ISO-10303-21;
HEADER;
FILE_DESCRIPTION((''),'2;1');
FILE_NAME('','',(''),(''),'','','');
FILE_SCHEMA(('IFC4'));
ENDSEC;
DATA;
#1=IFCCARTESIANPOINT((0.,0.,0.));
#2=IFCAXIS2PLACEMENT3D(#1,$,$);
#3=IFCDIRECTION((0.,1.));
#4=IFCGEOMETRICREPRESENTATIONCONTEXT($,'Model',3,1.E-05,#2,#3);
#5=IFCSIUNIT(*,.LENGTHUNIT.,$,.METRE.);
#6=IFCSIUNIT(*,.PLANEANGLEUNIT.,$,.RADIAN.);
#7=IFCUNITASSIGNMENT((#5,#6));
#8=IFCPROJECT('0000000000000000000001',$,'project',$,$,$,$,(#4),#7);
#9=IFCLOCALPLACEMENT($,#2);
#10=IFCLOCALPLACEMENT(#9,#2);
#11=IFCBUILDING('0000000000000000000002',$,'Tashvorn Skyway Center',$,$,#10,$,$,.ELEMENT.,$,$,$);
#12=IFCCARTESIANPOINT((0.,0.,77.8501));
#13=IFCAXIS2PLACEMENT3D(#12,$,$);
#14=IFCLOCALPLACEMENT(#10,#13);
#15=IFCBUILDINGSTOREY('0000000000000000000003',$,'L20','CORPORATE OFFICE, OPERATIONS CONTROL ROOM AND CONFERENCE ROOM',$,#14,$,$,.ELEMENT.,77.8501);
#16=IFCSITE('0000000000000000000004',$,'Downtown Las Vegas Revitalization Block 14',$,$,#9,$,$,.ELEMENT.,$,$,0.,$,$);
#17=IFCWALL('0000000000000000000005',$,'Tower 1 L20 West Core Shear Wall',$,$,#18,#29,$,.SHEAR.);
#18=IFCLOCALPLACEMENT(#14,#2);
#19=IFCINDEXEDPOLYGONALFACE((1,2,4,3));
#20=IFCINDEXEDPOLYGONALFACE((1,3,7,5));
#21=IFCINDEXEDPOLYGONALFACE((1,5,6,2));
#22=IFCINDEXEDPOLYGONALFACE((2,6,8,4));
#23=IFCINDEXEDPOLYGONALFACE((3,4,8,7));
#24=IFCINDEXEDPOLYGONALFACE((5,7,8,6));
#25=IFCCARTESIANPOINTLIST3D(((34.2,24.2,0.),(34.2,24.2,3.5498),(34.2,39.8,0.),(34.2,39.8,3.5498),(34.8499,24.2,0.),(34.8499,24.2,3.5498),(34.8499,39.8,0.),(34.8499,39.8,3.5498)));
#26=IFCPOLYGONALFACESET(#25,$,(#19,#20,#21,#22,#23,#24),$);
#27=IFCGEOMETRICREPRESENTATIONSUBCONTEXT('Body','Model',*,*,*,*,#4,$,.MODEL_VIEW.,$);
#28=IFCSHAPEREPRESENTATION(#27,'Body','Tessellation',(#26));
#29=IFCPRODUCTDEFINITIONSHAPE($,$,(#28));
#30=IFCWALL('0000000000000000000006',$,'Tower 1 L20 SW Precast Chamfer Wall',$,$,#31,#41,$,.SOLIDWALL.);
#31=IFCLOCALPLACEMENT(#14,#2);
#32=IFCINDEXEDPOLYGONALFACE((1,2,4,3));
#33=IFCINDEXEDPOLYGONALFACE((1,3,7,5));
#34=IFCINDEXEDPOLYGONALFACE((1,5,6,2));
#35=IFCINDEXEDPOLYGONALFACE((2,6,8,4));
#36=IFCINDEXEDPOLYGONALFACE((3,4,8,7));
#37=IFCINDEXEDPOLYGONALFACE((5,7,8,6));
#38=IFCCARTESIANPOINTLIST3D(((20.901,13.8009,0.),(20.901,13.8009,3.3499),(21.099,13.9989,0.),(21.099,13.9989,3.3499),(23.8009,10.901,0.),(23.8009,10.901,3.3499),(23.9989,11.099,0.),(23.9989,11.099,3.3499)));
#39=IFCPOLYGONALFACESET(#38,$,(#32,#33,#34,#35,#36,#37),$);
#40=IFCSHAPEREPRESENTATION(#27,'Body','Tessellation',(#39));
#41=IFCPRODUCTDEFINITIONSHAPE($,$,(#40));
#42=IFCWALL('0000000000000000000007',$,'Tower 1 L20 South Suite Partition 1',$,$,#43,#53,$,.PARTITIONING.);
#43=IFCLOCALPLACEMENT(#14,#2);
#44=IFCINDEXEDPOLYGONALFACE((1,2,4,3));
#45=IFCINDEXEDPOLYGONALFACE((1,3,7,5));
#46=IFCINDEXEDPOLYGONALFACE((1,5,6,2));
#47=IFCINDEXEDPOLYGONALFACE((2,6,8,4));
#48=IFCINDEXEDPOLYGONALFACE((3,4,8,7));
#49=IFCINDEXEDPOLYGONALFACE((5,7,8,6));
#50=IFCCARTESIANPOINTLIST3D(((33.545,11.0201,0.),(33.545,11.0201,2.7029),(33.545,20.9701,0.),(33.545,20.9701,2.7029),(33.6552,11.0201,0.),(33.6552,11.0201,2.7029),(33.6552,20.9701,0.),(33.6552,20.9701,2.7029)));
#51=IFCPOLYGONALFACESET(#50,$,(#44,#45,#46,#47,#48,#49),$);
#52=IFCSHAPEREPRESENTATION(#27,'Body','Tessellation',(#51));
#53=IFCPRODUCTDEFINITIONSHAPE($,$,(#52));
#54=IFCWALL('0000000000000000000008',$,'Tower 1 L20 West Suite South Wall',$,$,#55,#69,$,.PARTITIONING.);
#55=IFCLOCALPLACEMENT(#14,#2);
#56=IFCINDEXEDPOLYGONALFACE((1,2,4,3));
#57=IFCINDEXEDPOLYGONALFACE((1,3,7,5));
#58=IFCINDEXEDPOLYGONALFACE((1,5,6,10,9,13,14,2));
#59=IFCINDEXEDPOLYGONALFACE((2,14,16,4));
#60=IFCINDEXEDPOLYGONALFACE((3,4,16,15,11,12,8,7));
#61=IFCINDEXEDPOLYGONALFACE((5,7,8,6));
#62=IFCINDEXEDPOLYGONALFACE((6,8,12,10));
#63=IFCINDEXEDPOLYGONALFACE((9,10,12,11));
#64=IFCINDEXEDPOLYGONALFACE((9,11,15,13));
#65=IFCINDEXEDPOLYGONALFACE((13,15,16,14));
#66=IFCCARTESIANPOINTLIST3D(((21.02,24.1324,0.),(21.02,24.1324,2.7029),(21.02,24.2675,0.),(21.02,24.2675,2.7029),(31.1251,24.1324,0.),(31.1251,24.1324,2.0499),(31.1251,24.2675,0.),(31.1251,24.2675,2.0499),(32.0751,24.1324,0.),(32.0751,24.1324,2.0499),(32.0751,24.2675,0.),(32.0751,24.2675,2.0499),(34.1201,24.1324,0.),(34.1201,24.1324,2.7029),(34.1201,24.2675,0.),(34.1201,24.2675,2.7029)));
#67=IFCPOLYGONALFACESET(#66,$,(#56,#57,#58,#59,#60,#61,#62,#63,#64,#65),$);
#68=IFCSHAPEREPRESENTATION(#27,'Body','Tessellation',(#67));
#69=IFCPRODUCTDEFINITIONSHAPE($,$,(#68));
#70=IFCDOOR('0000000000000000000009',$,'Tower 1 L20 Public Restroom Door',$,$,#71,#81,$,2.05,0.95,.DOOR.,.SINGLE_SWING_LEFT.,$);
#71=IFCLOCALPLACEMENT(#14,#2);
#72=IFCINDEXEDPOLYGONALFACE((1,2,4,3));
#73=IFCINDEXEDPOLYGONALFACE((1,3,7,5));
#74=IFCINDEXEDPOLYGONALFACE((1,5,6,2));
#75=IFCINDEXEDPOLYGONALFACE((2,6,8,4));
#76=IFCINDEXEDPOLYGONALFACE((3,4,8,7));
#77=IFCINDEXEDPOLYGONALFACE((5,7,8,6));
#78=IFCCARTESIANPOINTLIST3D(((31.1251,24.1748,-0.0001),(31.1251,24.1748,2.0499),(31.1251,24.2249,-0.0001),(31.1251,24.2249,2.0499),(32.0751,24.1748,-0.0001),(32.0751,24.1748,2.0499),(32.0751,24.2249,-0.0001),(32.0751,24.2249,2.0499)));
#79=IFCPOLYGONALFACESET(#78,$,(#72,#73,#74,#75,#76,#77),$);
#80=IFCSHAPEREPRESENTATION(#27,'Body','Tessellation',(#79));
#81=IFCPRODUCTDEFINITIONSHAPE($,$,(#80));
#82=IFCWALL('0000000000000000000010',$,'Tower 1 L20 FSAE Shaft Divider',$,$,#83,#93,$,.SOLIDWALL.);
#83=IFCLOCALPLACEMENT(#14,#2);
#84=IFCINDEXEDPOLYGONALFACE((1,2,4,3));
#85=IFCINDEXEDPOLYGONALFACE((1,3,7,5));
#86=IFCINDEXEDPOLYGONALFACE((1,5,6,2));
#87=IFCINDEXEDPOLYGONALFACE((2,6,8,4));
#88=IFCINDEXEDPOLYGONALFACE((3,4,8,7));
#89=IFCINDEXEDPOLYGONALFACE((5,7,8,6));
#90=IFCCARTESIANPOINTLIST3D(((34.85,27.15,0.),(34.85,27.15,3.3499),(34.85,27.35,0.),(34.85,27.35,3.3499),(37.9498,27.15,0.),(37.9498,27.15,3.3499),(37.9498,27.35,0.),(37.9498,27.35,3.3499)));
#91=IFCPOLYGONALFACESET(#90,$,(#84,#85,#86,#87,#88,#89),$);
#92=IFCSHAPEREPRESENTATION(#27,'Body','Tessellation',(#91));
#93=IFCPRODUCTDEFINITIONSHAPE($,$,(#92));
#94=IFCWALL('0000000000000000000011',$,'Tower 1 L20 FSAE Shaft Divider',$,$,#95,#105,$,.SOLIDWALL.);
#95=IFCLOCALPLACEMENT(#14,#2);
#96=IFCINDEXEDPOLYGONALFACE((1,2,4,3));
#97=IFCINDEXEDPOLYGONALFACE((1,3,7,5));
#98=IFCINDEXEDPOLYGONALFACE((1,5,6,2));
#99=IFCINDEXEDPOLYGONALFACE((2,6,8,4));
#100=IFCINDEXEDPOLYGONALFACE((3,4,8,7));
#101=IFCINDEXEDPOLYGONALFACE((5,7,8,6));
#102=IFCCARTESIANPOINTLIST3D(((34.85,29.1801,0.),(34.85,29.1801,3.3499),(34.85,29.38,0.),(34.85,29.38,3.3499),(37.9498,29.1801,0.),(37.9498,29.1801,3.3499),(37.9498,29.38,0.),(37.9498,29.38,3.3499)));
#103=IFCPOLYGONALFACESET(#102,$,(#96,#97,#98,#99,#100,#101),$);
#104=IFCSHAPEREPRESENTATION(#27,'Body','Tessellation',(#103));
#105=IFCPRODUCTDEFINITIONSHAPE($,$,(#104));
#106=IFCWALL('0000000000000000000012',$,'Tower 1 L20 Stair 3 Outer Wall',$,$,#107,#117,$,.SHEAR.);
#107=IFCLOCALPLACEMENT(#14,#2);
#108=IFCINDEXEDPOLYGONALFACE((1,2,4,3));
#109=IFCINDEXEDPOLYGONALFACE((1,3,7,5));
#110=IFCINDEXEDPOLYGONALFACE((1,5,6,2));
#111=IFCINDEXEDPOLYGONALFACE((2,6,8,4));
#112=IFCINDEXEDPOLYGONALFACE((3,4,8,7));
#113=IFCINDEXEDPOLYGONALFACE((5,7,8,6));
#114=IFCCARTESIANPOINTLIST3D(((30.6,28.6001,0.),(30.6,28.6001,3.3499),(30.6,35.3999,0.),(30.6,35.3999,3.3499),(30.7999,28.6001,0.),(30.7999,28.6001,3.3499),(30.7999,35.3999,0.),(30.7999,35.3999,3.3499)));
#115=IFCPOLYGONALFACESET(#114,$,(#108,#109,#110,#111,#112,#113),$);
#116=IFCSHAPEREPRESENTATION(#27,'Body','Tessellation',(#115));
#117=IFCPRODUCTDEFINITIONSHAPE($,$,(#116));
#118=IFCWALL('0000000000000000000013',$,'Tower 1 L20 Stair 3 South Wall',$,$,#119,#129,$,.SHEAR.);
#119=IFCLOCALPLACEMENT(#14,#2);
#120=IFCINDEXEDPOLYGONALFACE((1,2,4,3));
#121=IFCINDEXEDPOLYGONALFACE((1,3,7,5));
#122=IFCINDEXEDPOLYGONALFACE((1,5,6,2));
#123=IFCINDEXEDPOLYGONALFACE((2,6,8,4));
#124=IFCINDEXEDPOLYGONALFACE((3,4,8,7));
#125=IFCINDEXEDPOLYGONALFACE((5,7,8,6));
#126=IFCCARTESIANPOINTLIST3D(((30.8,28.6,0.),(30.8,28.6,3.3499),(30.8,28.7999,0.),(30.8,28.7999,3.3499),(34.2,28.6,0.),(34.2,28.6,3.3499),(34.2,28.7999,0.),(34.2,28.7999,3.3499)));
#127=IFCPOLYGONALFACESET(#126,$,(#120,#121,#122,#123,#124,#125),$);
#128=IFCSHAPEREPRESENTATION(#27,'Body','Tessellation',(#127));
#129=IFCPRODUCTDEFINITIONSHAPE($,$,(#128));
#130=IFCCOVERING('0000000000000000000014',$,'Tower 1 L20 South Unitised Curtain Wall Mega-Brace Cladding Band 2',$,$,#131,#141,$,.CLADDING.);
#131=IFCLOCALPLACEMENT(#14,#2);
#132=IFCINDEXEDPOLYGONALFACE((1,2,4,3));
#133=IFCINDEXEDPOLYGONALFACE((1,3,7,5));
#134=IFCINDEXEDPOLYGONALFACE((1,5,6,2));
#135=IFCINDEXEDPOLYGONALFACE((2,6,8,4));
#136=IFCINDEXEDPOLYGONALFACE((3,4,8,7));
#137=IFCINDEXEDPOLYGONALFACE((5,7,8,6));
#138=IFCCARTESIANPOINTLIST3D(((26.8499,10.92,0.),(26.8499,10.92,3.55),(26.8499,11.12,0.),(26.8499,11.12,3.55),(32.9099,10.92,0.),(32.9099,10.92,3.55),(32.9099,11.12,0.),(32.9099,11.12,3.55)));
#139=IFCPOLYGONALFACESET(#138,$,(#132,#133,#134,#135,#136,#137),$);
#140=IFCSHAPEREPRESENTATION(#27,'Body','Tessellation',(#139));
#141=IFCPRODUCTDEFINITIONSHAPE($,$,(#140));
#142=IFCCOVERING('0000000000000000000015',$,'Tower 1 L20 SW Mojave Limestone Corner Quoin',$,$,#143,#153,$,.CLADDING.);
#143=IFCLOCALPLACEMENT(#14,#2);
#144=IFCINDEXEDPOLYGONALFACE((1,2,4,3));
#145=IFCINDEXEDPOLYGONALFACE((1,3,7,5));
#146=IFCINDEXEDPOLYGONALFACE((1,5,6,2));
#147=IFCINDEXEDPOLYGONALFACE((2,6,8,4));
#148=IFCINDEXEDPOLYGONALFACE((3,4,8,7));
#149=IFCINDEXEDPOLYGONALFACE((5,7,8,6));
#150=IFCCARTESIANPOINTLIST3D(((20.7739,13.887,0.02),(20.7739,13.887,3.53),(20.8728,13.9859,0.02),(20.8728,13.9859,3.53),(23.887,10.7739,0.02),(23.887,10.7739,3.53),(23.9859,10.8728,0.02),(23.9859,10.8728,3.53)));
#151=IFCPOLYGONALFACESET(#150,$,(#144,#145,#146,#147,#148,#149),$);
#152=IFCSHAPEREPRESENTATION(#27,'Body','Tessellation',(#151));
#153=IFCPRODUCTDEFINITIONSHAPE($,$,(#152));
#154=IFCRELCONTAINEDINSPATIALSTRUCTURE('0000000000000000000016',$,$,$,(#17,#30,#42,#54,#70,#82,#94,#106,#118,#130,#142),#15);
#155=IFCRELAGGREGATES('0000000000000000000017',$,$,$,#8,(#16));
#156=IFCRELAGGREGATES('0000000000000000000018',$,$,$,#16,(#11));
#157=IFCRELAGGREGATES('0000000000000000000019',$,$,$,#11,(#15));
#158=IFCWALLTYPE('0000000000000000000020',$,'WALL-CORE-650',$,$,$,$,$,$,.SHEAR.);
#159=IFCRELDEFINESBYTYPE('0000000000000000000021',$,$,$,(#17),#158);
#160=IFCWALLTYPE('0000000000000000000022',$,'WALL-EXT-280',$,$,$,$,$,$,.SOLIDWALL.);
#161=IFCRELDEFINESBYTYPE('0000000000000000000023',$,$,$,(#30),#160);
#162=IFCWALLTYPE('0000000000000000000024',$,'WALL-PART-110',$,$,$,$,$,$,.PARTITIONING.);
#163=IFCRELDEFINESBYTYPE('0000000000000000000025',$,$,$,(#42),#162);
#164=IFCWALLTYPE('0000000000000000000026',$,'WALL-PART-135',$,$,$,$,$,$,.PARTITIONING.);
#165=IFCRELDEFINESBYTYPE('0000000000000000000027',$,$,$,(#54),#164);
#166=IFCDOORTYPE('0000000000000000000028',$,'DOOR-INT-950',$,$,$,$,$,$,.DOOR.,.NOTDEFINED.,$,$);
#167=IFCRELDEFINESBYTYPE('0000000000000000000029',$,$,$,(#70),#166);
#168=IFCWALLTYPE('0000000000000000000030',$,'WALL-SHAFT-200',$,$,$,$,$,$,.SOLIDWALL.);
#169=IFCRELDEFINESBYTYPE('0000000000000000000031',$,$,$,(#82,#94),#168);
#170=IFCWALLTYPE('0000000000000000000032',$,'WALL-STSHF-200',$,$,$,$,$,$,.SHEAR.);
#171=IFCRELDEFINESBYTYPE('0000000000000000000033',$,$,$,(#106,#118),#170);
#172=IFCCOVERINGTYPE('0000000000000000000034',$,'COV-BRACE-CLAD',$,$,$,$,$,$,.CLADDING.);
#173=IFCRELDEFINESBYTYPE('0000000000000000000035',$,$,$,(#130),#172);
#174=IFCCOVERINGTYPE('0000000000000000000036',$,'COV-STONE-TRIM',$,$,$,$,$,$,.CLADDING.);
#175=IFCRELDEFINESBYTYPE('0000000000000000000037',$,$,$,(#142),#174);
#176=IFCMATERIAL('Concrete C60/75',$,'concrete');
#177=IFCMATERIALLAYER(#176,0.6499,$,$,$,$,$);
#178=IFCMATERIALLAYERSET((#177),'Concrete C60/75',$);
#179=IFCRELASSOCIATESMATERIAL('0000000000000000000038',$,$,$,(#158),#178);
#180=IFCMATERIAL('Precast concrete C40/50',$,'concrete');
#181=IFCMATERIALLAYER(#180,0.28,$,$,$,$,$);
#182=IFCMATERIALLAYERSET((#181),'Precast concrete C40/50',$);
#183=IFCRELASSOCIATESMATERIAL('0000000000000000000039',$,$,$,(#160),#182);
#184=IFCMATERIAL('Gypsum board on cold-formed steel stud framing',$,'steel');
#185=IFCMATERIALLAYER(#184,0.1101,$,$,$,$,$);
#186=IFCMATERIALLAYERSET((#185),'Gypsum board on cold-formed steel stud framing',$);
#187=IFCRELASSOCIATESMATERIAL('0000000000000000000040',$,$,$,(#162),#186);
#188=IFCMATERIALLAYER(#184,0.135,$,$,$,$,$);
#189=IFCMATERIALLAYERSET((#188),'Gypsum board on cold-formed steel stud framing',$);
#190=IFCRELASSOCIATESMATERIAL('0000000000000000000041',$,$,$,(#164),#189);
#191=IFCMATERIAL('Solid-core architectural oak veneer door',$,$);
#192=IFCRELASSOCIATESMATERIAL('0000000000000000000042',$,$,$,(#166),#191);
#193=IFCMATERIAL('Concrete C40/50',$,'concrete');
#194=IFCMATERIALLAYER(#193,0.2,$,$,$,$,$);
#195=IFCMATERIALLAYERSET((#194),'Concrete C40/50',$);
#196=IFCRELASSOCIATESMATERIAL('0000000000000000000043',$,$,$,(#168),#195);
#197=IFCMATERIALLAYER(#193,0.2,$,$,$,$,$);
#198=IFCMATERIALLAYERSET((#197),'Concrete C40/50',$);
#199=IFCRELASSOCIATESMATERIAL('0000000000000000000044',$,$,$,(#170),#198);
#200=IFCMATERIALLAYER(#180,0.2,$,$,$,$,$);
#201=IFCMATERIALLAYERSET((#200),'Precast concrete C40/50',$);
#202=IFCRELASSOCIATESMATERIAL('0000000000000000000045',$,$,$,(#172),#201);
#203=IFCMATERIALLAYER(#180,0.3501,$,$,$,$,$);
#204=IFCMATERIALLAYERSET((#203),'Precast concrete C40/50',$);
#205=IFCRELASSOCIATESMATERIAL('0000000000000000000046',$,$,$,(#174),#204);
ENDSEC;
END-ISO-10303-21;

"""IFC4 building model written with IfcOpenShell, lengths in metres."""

from ifc_helpers import new_model, si_unit, direction, frame, frame_2d, origin, origin_2d, place, context, subcontext, project, spatial, rectangle, extrude, material, layer, layer_set, type_object, element, fill, save


model = new_model("IFC4")

# Units and contexts
model_context = context("Model", 3, precision=1e-05, world=origin(), true_north=direction((0.0, 1.0)))
body_context = subcontext(model_context, "Body", "Model", "MODEL_VIEW")
ifc_project = project(units=[si_unit("LENGTHUNIT", "METRE"), si_unit("PLANEANGLEUNIT", "RADIAN")], contexts=[model_context])

# Site, building, storey
site_placement = place(None, origin())
site = spatial("IfcSite", under=ifc_project, at=site_placement, Name="Downtown Las Vegas Revitalization Block 14", CompositionType="ELEMENT", RefElevation=0.0)
building_placement = place(site_placement, origin())
building = spatial("IfcBuilding", under=site, at=building_placement, Name="Tashvorn Skyway Center", CompositionType="ELEMENT")
storey_placement = place(building_placement, frame((0.0, 0.0, 77.8501)))
storey = spatial("IfcBuildingStorey", under=building, at=storey_placement, Name="L20", Description="CORPORATE OFFICE, OPERATIONS CONTROL ROOM AND CONFERENCE ROOM", CompositionType="ELEMENT", Elevation=77.8501)

# Walls
ifc_material_1 = material(Name="Concrete C60/75", Category="concrete")
ifc_layer_1 = layer(ifc_material_1, 0.6499)
ifc_layer_set_1 = layer_set([ifc_layer_1], Name="Concrete C60/75")
wall_type_1 = type_object("IfcWallType", Name="WALL-CORE-650", PredefinedType="SHEAR", material=ifc_layer_set_1)
wall_1_placement = place(storey_placement, frame((34.5249, 24.2, 0.0), z_axis=(0.0, 0.0, 1.0), x_axis=(0.0, 1.0, 0.0)))
element("IfcWall", 1, at=wall_1_placement, inside=storey, type_object=wall_type_1, Name="Tower 1 L20 West Core Shear Wall", PredefinedType="SHEAR", context=body_context, shape_type="SweptSolid", body=[
    extrude(rectangle(XDim=15.6001, YDim=0.6499, at=frame_2d((7.8, 0.0))), origin(), (0.0, 0.0, 1.0), 3.5498),
])
ifc_material_2 = material(Name="Precast concrete C40/50", Category="concrete")
ifc_layer_2 = layer(ifc_material_2, 0.28)
ifc_layer_set_2 = layer_set([ifc_layer_2], Name="Precast concrete C40/50")
wall_type_2 = type_object("IfcWallType", Name="WALL-EXT-280", PredefinedType="SOLIDWALL", material=ifc_layer_set_2)
wall_2_placement = place(storey_placement, frame((23.8999, 11.0, 0.0), z_axis=(0.0, 0.0, 1.0), x_axis=(-0.707107, 0.707107, 0.0)))
element("IfcWall", 2, at=wall_2_placement, inside=storey, type_object=wall_type_2, Name="Tower 1 L20 SW Precast Chamfer Wall", PredefinedType="SOLIDWALL", context=body_context, shape_type="SweptSolid", body=[
    extrude(rectangle(XDim=4.1011, YDim=0.28, at=frame_2d((2.0505, 0.0))), origin(), (0.0, 0.0, 1.0), 3.3499),
])
ifc_material_3 = material(Name="Gypsum board on cold-formed steel stud framing", Category="steel")
ifc_layer_3 = layer(ifc_material_3, 0.1101)
ifc_layer_set_3 = layer_set([ifc_layer_3], Name="Gypsum board on cold-formed steel stud framing")
wall_type_3 = type_object("IfcWallType", Name="WALL-PART-110", PredefinedType="PARTITIONING", material=ifc_layer_set_3)
wall_3_placement = place(storey_placement, frame((33.6001, 11.02, 0.0), z_axis=(0.0, 0.0, 1.0), x_axis=(0.0, 1.0, 0.0)))
element("IfcWall", 3, at=wall_3_placement, inside=storey, type_object=wall_type_3, Name="Tower 1 L20 South Suite Partition 1", PredefinedType="PARTITIONING", context=body_context, shape_type="SweptSolid", body=[
    extrude(rectangle(XDim=9.95, YDim=0.1101, at=frame_2d((4.9751, 0.0))), origin(), (0.0, 0.0, 1.0), 2.7029),
])

# Wall, opening, door
ifc_layer_4 = layer(ifc_material_3, 0.135)
ifc_layer_set_4 = layer_set([ifc_layer_4], Name="Gypsum board on cold-formed steel stud framing")
wall_type_4 = type_object("IfcWallType", Name="WALL-PART-135", PredefinedType="PARTITIONING", material=ifc_layer_set_4)
wall_4_placement = place(storey_placement, frame((21.02, 24.2, 0.0), z_axis=(0.0, 0.0, 1.0), x_axis=(1.0, 0.0, 0.0)))
wall_4 = element("IfcWall", 4, at=wall_4_placement, inside=storey, type_object=wall_type_4, Name="Tower 1 L20 West Suite South Wall", PredefinedType="PARTITIONING", context=body_context, shape_type="SweptSolid", body=[
    extrude(rectangle(XDim=13.1001, YDim=0.135, at=frame_2d((6.55, 0.0))), origin(), (0.0, 0.0, 1.0), 2.7029),
])
opening_placement = place(wall_4_placement, frame((10.105, 0.0, 0.0)))
opening = element("IfcOpeningElement", 5, at=opening_placement, cuts=wall_4, PredefinedType="OPENING", context=body_context, shape_type="SweptSolid", body=[
    extrude(rectangle(XDim=0.95, YDim=2.05, at=frame_2d((0.4751, 1.0249))), frame((0.0, 0.0774, 0.0), z_axis=(0.0, -1.0, 0.0), x_axis=(1.0, 0.0, 0.0)), (0.0, 0.0, 1.0), 0.155),
])
ifc_material_4 = material(Name="Solid-core architectural oak veneer door")
door_type = type_object("IfcDoorType", Name="DOOR-INT-950", OperationType="NOTDEFINED", PredefinedType="DOOR", material=ifc_material_4)
door_placement = place(opening_placement, origin())
door = element("IfcDoor", 6, at=door_placement, inside=storey, type_object=door_type, Name="Tower 1 L20 Public Restroom Door", OperationType="SINGLE_SWING_LEFT", OverallHeight=2.05, OverallWidth=0.95, PredefinedType="DOOR", context=body_context, shape_type="SweptSolid", body=[
    extrude(rectangle(XDim=0.95, YDim=2.05, at=frame_2d((0.4751, 1.0249))), frame((0.0, 0.0249, 0.0), z_axis=(0.0, -1.0, 0.0), x_axis=(1.0, 0.0, 0.0)), (0.0, 0.0, 1.0), 0.05),
])
fill(opening, door)

# Walls
ifc_material_5 = material(Name="Concrete C40/50", Category="concrete")
ifc_layer_5 = layer(ifc_material_5, 0.2)
ifc_layer_set_5 = layer_set([ifc_layer_5], Name="Concrete C40/50")
wall_type_5 = type_object("IfcWallType", Name="WALL-SHAFT-200", PredefinedType="SOLIDWALL", material=ifc_layer_set_5)
for number, where, z_axis, x_axis, name in (
    (7, (34.8501, 27.25, 0.0), (0.0, 0.0, 1.0), (1.0, 0.0, 0.0), "Tower 1 L20 FSAE Shaft Divider"),
    (8, (34.8501, 29.28, 0.0), (0.0, 0.0, 1.0), (1.0, 0.0, 0.0), "Tower 1 L20 FSAE Shaft Divider"),
):
    element("IfcWall", number, at=place(storey_placement, frame(where, z_axis=z_axis, x_axis=x_axis)), inside=storey, type_object=wall_type_5, Name=name, PredefinedType="SOLIDWALL", context=body_context, shape_type="SweptSolid", body=[
        extrude(rectangle(XDim=3.0999, YDim=0.2, at=frame_2d((1.5498, 0.0))), origin(), (0.0, 0.0, 1.0), 3.3499),
    ])
ifc_layer_6 = layer(ifc_material_5, 0.2)
ifc_layer_set_6 = layer_set([ifc_layer_6], Name="Concrete C40/50")
wall_type_6 = type_object("IfcWallType", Name="WALL-STSHF-200", PredefinedType="SHEAR", material=ifc_layer_set_6)
wall_5_placement = place(storey_placement, frame((30.7, 28.6001, 0.0), z_axis=(0.0, 0.0, 1.0), x_axis=(0.0, 1.0, 0.0)))
element("IfcWall", 9, at=wall_5_placement, inside=storey, type_object=wall_type_6, Name="Tower 1 L20 Stair 3 Outer Wall", PredefinedType="SHEAR", context=body_context, shape_type="SweptSolid", body=[
    extrude(rectangle(XDim=6.7998, YDim=0.2, at=frame_2d((3.3999, 0.0))), origin(), (0.0, 0.0, 1.0), 3.3499),
])
wall_6_placement = place(storey_placement, frame((30.8, 28.7, 0.0), z_axis=(0.0, 0.0, 1.0), x_axis=(1.0, 0.0, 0.0)))
element("IfcWall", 10, at=wall_6_placement, inside=storey, type_object=wall_type_6, Name="Tower 1 L20 Stair 3 South Wall", PredefinedType="SHEAR", context=body_context, shape_type="SweptSolid", body=[
    extrude(rectangle(XDim=3.3999, YDim=0.2, at=frame_2d((1.7, 0.0))), origin(), (0.0, 0.0, 1.0), 3.3499),
])

# Coverings
ifc_layer_7 = layer(ifc_material_2, 0.2)
ifc_layer_set_7 = layer_set([ifc_layer_7], Name="Precast concrete C40/50")
covering_type_1 = type_object("IfcCoveringType", Name="COV-BRACE-CLAD", PredefinedType="CLADDING", material=ifc_layer_set_7)
covering_1_placement = place(storey_placement, frame((29.8799, 11.02, 0.0), z_axis=(0.0, 0.0, 1.0), x_axis=(-1.0, 0.0, 0.0)))
element("IfcCovering", 11, at=covering_1_placement, inside=storey, type_object=covering_type_1, Name="Tower 1 L20 South Unitised Curtain Wall Mega-Brace Cladding Band 2", PredefinedType="CLADDING", context=body_context, shape_type="SweptSolid", body=[
    extrude(rectangle(XDim=6.0601, YDim=0.2, at=origin_2d()), origin(), (0.0, 0.0, 1.0), 3.55),
])
ifc_layer_8 = layer(ifc_material_2, 0.3501)
ifc_layer_set_8 = layer_set([ifc_layer_8], Name="Precast concrete C40/50")
covering_type_2 = type_object("IfcCoveringType", Name="COV-STONE-TRIM", PredefinedType="CLADDING", material=ifc_layer_set_8)
covering_2_placement = place(storey_placement, frame((22.3799, 12.3799, 0.02), z_axis=(0.0, 0.0, 1.0), x_axis=(-0.707107, 0.707107, 0.0)))
element("IfcCovering", 12, at=covering_2_placement, inside=storey, type_object=covering_type_2, Name="Tower 1 L20 SW Mojave Limestone Corner Quoin", PredefinedType="CLADDING", context=body_context, shape_type="SweptSolid", body=[
    extrude(rectangle(XDim=4.4026, YDim=0.1399, at=origin_2d()), origin(), (0.0, 0.0, 1.0), 3.51),
])

save(model, "model.ifc")
